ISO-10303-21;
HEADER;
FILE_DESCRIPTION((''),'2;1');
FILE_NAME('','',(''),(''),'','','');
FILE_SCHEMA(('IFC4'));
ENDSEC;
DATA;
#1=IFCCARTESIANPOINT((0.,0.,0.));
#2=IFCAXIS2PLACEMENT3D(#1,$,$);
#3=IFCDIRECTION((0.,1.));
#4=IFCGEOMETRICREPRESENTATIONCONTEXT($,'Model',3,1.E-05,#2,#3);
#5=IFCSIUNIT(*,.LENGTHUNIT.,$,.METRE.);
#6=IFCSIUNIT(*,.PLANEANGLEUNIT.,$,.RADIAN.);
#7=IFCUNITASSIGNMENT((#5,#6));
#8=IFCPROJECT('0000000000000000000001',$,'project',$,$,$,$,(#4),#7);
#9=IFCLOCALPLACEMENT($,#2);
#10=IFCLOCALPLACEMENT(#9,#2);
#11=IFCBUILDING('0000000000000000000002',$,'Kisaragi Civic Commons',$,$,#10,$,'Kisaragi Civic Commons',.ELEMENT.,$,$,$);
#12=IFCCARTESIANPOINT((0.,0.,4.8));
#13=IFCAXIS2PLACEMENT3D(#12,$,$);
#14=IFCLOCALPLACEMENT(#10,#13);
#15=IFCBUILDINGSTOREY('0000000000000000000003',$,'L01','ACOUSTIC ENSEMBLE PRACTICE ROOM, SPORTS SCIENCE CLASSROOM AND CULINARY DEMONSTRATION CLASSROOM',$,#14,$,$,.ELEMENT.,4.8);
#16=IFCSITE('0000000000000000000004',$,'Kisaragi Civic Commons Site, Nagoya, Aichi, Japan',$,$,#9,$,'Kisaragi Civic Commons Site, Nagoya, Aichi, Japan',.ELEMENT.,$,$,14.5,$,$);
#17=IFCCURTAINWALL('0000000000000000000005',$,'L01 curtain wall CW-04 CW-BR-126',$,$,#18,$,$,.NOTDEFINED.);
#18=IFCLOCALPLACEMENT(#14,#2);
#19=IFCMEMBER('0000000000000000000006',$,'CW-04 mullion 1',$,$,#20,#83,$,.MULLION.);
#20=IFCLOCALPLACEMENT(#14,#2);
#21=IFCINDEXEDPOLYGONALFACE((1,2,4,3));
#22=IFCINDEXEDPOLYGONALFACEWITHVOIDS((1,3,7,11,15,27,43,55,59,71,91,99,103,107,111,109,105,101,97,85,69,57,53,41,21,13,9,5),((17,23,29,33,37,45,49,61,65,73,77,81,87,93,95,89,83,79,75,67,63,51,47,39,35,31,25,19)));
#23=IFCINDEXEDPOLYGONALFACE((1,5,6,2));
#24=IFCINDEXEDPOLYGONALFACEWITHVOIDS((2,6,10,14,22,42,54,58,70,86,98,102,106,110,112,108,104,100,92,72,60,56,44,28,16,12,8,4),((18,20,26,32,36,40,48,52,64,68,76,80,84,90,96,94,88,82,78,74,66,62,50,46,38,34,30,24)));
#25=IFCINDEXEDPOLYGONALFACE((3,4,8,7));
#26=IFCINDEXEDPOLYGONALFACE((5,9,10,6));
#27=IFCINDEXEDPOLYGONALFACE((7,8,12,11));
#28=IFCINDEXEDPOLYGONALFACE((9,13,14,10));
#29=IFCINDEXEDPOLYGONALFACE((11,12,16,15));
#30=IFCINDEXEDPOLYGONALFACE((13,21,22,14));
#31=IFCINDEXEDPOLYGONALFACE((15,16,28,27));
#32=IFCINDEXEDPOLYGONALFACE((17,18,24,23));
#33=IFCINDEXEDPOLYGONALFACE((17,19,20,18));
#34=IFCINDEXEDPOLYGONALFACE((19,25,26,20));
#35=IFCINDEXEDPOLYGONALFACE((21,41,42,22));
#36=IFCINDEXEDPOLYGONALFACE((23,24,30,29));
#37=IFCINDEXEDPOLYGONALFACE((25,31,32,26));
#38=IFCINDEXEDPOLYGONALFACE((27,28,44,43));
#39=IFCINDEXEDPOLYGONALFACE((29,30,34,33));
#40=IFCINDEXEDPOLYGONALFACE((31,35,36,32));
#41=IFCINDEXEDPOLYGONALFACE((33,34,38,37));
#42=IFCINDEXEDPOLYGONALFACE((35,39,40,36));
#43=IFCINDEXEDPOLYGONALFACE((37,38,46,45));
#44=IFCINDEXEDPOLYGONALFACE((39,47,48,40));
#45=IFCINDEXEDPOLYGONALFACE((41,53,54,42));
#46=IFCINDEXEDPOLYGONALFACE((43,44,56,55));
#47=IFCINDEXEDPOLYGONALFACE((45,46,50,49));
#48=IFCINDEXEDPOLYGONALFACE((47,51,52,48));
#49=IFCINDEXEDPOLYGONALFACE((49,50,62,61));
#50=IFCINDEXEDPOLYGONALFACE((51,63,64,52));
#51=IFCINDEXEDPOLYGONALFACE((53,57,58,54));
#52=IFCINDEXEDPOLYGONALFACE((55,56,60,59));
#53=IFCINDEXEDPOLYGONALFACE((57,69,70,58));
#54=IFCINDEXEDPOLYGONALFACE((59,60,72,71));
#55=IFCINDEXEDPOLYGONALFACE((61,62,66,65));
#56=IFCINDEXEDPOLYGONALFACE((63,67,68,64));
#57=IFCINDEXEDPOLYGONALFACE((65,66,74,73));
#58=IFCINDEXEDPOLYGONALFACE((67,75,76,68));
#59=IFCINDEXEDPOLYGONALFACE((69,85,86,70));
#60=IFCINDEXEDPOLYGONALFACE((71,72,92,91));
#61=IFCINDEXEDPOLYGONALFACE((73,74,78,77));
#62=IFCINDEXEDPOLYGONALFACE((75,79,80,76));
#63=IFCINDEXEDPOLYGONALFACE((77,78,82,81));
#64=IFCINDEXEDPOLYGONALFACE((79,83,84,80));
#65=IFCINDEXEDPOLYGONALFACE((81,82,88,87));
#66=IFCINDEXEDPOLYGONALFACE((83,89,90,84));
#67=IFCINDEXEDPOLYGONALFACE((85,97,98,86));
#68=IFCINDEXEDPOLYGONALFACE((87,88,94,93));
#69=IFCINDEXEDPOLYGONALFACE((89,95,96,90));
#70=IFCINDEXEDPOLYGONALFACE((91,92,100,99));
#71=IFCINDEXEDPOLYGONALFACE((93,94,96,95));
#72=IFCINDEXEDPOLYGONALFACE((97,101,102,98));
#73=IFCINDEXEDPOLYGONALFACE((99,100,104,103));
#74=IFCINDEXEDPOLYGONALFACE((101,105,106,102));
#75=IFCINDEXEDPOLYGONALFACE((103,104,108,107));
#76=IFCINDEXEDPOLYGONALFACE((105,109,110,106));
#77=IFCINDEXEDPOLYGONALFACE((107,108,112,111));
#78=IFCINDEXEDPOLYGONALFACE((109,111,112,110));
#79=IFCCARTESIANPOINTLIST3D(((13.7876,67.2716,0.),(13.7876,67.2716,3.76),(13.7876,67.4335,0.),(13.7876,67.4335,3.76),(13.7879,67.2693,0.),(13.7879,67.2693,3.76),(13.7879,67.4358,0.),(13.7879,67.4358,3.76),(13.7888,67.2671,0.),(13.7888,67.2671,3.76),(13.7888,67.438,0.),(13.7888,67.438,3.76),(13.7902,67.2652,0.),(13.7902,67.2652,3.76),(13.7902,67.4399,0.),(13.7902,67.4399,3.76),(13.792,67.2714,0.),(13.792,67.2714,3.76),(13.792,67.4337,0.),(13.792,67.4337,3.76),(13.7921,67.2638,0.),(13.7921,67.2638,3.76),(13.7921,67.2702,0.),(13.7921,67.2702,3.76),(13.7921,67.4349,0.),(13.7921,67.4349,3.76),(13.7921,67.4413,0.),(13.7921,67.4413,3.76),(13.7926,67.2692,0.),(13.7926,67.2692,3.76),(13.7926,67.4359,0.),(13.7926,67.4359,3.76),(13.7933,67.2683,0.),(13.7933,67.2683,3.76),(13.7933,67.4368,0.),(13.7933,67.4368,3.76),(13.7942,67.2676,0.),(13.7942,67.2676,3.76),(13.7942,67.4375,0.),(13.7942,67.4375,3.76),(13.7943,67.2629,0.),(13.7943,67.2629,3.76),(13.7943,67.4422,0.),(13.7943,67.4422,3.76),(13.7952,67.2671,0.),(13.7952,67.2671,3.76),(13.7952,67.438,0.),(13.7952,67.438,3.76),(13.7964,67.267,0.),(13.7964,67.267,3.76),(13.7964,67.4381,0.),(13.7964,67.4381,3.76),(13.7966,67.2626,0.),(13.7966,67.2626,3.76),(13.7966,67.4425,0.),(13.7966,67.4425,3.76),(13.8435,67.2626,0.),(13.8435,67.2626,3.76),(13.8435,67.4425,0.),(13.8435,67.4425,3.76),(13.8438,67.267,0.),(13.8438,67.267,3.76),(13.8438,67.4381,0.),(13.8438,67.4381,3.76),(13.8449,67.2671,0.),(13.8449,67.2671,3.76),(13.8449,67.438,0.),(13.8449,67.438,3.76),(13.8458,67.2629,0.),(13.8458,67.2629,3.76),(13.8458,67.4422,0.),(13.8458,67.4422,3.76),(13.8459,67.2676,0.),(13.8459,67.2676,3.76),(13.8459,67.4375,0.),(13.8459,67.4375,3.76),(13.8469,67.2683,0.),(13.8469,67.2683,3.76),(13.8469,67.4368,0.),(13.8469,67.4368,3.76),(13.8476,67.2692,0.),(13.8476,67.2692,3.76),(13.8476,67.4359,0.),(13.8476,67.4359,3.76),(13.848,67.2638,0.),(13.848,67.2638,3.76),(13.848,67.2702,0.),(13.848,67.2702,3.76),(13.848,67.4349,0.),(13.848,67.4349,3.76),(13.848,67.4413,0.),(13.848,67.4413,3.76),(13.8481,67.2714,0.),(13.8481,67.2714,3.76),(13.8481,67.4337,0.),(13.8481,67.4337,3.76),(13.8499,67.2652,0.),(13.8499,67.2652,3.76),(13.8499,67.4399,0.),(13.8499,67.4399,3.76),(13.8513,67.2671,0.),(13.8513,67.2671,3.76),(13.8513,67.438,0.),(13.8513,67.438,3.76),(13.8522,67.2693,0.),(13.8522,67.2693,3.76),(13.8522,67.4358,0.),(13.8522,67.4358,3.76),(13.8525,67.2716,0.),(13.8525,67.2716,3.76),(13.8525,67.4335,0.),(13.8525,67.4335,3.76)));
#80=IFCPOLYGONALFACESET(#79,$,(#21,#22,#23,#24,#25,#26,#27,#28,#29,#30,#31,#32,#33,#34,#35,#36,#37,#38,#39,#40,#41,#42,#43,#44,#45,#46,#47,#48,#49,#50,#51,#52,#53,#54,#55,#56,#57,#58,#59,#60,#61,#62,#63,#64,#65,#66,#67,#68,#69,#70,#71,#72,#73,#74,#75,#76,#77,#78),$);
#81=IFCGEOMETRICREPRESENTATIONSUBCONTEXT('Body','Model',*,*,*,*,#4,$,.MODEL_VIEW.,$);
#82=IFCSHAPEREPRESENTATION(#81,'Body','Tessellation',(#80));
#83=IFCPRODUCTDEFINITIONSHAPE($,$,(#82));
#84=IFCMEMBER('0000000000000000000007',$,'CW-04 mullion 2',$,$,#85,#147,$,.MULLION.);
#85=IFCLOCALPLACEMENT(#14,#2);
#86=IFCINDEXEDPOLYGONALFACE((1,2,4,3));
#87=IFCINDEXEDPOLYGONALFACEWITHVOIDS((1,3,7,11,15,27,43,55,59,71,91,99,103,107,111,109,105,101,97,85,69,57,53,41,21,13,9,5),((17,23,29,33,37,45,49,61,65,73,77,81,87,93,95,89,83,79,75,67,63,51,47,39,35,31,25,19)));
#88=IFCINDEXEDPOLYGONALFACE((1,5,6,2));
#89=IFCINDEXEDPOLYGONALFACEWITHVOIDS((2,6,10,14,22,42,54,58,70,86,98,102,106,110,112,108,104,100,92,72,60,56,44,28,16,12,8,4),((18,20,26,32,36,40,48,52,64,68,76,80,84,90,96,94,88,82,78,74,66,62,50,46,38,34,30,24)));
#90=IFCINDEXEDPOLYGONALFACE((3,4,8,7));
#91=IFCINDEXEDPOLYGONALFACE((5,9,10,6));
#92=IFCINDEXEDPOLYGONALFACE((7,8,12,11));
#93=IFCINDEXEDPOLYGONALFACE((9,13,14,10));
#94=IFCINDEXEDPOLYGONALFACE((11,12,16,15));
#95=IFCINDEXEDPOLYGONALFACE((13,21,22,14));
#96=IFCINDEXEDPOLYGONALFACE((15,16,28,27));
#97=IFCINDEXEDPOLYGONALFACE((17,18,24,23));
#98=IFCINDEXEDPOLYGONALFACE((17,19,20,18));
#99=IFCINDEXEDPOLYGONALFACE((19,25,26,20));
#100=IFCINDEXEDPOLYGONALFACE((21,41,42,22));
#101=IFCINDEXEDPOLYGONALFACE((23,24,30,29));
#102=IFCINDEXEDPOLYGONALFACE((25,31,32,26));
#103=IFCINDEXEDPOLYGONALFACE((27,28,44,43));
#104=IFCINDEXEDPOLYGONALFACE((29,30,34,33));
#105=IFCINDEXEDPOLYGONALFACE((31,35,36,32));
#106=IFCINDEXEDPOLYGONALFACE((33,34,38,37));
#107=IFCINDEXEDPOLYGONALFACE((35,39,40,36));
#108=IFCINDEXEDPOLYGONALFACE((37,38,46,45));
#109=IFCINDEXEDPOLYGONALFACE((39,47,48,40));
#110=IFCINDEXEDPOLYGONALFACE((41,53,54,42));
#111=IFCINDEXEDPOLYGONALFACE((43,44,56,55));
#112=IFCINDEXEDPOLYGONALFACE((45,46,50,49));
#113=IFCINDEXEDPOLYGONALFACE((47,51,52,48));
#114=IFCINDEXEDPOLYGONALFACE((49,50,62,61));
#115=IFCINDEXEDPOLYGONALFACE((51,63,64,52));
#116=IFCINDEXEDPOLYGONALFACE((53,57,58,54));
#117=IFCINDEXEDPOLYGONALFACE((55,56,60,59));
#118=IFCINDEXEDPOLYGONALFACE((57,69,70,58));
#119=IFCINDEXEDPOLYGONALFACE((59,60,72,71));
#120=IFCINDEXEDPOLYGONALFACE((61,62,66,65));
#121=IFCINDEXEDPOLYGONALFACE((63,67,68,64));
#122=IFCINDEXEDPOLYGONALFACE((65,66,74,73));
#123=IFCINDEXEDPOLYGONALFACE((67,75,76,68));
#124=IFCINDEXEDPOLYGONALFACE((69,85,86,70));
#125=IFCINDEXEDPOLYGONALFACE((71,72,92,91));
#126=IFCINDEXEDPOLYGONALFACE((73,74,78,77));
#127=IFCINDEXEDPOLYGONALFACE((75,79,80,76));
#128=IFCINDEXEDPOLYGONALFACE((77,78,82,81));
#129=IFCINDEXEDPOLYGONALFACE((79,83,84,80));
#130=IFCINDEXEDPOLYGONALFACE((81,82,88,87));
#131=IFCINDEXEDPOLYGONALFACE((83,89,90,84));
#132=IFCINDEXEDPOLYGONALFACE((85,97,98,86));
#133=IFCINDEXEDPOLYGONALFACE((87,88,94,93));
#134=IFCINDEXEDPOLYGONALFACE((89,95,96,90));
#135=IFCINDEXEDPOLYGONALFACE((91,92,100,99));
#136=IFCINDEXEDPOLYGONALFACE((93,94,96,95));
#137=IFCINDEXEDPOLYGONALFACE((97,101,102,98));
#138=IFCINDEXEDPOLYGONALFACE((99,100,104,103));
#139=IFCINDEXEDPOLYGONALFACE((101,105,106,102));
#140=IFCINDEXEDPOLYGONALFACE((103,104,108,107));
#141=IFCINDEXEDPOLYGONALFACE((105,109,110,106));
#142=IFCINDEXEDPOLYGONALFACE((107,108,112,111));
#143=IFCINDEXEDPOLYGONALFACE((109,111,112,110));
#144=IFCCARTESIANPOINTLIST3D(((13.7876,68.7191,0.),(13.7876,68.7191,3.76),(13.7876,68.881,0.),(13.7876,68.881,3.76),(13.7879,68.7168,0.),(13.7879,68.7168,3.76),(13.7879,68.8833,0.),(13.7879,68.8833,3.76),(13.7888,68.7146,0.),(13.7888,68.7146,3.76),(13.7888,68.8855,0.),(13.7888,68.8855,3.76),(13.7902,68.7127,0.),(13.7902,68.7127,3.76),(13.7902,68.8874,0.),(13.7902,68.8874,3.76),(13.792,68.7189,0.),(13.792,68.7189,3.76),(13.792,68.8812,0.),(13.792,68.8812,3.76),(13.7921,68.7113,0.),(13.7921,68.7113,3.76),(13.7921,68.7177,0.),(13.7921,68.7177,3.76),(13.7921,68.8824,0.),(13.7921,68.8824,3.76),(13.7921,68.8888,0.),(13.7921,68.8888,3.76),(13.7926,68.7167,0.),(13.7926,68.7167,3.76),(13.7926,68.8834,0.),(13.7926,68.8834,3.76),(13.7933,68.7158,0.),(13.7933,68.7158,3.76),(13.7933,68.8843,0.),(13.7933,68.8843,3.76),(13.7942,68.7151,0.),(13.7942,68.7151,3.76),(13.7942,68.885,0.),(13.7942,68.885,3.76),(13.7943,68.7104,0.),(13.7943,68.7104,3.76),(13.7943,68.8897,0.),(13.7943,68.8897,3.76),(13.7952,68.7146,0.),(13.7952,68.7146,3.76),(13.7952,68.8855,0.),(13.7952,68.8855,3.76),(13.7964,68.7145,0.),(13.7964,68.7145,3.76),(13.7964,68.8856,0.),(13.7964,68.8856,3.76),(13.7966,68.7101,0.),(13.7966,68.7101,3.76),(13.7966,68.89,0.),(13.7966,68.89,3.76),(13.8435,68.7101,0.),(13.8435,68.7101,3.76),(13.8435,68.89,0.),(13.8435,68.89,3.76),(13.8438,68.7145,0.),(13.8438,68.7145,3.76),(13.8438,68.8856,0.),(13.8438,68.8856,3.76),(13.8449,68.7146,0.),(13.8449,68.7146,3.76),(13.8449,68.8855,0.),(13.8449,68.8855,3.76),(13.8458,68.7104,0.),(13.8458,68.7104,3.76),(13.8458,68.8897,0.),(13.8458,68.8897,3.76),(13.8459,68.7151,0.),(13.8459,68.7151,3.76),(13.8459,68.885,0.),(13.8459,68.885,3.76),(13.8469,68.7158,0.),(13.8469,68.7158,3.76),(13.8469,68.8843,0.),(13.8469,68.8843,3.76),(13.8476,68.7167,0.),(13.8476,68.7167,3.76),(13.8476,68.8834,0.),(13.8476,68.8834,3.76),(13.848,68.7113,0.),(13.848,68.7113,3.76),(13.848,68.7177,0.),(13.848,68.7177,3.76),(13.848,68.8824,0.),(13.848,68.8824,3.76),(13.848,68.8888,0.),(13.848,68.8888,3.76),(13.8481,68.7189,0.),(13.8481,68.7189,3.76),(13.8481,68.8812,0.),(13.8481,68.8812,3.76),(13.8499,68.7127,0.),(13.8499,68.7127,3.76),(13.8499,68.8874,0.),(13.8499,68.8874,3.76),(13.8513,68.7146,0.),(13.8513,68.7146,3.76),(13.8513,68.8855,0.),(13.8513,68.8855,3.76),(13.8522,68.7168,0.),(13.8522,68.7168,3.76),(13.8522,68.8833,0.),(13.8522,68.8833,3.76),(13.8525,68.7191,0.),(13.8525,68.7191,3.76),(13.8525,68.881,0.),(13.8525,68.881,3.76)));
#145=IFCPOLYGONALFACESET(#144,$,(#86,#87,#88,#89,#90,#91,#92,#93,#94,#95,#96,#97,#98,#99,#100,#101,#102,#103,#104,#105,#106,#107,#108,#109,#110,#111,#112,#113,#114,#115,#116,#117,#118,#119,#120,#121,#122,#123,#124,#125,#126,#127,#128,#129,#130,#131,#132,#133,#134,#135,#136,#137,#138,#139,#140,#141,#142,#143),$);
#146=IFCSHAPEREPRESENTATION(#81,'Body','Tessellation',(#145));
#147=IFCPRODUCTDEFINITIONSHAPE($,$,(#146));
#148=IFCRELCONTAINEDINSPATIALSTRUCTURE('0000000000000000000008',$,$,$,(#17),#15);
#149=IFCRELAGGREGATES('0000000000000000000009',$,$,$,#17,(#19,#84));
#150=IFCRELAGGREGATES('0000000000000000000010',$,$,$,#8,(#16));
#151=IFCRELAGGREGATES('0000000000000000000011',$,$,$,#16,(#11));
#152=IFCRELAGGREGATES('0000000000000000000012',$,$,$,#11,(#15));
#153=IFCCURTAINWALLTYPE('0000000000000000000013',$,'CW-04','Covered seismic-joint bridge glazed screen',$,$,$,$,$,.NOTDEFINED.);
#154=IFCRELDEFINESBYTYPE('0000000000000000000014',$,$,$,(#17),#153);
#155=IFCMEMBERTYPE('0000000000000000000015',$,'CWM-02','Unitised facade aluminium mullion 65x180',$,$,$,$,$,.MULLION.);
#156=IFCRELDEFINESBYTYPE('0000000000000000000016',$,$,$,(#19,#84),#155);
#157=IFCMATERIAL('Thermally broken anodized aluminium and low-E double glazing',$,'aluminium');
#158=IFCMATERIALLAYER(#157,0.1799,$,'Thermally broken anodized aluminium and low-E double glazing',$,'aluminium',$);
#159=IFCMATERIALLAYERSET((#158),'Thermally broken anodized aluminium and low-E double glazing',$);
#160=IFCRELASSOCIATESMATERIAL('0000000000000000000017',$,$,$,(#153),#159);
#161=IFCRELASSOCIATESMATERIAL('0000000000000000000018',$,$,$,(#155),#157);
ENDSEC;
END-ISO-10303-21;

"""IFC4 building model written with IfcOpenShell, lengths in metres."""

from ifc_helpers import new_model, si_unit, direction, frame, origin, origin_2d, place, context, subcontext, project, spatial, hollow_rectangle, extrude, material, layer, layer_set, material_profile, profile_set, type_object, element, aggregate, save


model = new_model("IFC4")

# Units and contexts
model_context = context("Model", 3, precision=1e-05, world=origin(), true_north=direction((0.0, 1.0)))
body_context = subcontext(model_context, "Body", "Model", "MODEL_VIEW")
ifc_project = project(units=[si_unit("LENGTHUNIT", "METRE"), si_unit("PLANEANGLEUNIT", "RADIAN")], contexts=[model_context])

# Site, building, storey
site_placement = place(None, origin())
site = spatial("IfcSite", under=ifc_project, at=site_placement, Name="Kisaragi Civic Commons Site, Nagoya, Aichi, Japan", LongName="Kisaragi Civic Commons Site, Nagoya, Aichi, Japan", CompositionType="ELEMENT", RefElevation=14.5)
building_placement = place(site_placement, origin())
building = spatial("IfcBuilding", under=site, at=building_placement, Name="Kisaragi Civic Commons", LongName="Kisaragi Civic Commons", CompositionType="ELEMENT")
storey_placement = place(building_placement, frame((0.0, 0.0, 4.8)))
storey = spatial("IfcBuildingStorey", under=building, at=storey_placement, Name="L01", Description="ACOUSTIC ENSEMBLE PRACTICE ROOM, SPORTS SCIENCE CLASSROOM AND CULINARY DEMONSTRATION CLASSROOM", CompositionType="ELEMENT", Elevation=4.8)

# Shared definitions
ifc_material_1 = material(Name="Thermally broken anodized aluminium and low-E double glazing", Category="aluminium")
ifc_layer_1 = layer(ifc_material_1, 0.1799, Name="Thermally broken anodized aluminium and low-E double glazing", Category="aluminium")
ifc_layer_set_1 = layer_set([ifc_layer_1], Name="Thermally broken anodized aluminium and low-E double glazing")
curtain_wall_type = type_object("IfcCurtainWallType", Name="CW-04", Description="Covered seismic-joint bridge glazed screen", PredefinedType="NOTDEFINED", material=ifc_layer_set_1)
ifc_material_profile_1 = material_profile(ifc_material_1, hollow_rectangle(XDim=0.0649, YDim=0.1799, WallThickness=0.0044, InnerFilletRadius=0.0044, OuterFilletRadius=0.009, at=origin_2d()), Name="CWM-65x180x4.5", Category="aluminium")
ifc_profile_set_1 = profile_set([ifc_material_profile_1], Name="Thermally broken anodized aluminium and low-E double glazing")
member_type_1 = type_object("IfcMemberType", Name="CWM-02", Description="Unitised facade aluminium mullion 65x180", PredefinedType="MULLION", material=ifc_profile_set_1)

# Curtain wall, members
curtain_wall_1_placement = place(storey_placement, origin())
curtain_wall_1 = element("IfcCurtainWall", 1, at=curtain_wall_1_placement, inside=storey, type_object=curtain_wall_type, Name="L01 curtain wall CW-04 CW-BR-126", PredefinedType="NOTDEFINED")
member_1_placement = place(storey_placement, frame((13.8201, 67.3525, 0.0), z_axis=(0.0, 0.0, 1.0), x_axis=(-1.0, 0.0, 0.0)))
member_1 = element("IfcMember", 2, at=member_1_placement, type_object=member_type_1, Name="CW-04 mullion 1", PredefinedType="MULLION", context=body_context, shape_type="SweptSolid", body=[
    extrude(hollow_rectangle(XDim=0.0649, YDim=0.1799, WallThickness=0.0044, InnerFilletRadius=0.0044, OuterFilletRadius=0.009, at=origin_2d()), origin(), (0.0, 0.0, 1.0), 3.76),
])
member_2_placement = place(storey_placement, frame((13.8201, 68.8, 0.0), z_axis=(0.0, 0.0, 1.0), x_axis=(-1.0, 0.0, 0.0)))
member_2 = element("IfcMember", 3, at=member_2_placement, type_object=member_type_1, Name="CW-04 mullion 2", PredefinedType="MULLION", context=body_context, shape_type="SweptSolid", body=[
    extrude(hollow_rectangle(XDim=0.0649, YDim=0.1799, WallThickness=0.0044, InnerFilletRadius=0.0044, OuterFilletRadius=0.009, at=origin_2d()), origin(), (0.0, 0.0, 1.0), 3.76),
])

aggregate(curtain_wall_1, [member_1, member_2])

save(model, "model.ifc")
